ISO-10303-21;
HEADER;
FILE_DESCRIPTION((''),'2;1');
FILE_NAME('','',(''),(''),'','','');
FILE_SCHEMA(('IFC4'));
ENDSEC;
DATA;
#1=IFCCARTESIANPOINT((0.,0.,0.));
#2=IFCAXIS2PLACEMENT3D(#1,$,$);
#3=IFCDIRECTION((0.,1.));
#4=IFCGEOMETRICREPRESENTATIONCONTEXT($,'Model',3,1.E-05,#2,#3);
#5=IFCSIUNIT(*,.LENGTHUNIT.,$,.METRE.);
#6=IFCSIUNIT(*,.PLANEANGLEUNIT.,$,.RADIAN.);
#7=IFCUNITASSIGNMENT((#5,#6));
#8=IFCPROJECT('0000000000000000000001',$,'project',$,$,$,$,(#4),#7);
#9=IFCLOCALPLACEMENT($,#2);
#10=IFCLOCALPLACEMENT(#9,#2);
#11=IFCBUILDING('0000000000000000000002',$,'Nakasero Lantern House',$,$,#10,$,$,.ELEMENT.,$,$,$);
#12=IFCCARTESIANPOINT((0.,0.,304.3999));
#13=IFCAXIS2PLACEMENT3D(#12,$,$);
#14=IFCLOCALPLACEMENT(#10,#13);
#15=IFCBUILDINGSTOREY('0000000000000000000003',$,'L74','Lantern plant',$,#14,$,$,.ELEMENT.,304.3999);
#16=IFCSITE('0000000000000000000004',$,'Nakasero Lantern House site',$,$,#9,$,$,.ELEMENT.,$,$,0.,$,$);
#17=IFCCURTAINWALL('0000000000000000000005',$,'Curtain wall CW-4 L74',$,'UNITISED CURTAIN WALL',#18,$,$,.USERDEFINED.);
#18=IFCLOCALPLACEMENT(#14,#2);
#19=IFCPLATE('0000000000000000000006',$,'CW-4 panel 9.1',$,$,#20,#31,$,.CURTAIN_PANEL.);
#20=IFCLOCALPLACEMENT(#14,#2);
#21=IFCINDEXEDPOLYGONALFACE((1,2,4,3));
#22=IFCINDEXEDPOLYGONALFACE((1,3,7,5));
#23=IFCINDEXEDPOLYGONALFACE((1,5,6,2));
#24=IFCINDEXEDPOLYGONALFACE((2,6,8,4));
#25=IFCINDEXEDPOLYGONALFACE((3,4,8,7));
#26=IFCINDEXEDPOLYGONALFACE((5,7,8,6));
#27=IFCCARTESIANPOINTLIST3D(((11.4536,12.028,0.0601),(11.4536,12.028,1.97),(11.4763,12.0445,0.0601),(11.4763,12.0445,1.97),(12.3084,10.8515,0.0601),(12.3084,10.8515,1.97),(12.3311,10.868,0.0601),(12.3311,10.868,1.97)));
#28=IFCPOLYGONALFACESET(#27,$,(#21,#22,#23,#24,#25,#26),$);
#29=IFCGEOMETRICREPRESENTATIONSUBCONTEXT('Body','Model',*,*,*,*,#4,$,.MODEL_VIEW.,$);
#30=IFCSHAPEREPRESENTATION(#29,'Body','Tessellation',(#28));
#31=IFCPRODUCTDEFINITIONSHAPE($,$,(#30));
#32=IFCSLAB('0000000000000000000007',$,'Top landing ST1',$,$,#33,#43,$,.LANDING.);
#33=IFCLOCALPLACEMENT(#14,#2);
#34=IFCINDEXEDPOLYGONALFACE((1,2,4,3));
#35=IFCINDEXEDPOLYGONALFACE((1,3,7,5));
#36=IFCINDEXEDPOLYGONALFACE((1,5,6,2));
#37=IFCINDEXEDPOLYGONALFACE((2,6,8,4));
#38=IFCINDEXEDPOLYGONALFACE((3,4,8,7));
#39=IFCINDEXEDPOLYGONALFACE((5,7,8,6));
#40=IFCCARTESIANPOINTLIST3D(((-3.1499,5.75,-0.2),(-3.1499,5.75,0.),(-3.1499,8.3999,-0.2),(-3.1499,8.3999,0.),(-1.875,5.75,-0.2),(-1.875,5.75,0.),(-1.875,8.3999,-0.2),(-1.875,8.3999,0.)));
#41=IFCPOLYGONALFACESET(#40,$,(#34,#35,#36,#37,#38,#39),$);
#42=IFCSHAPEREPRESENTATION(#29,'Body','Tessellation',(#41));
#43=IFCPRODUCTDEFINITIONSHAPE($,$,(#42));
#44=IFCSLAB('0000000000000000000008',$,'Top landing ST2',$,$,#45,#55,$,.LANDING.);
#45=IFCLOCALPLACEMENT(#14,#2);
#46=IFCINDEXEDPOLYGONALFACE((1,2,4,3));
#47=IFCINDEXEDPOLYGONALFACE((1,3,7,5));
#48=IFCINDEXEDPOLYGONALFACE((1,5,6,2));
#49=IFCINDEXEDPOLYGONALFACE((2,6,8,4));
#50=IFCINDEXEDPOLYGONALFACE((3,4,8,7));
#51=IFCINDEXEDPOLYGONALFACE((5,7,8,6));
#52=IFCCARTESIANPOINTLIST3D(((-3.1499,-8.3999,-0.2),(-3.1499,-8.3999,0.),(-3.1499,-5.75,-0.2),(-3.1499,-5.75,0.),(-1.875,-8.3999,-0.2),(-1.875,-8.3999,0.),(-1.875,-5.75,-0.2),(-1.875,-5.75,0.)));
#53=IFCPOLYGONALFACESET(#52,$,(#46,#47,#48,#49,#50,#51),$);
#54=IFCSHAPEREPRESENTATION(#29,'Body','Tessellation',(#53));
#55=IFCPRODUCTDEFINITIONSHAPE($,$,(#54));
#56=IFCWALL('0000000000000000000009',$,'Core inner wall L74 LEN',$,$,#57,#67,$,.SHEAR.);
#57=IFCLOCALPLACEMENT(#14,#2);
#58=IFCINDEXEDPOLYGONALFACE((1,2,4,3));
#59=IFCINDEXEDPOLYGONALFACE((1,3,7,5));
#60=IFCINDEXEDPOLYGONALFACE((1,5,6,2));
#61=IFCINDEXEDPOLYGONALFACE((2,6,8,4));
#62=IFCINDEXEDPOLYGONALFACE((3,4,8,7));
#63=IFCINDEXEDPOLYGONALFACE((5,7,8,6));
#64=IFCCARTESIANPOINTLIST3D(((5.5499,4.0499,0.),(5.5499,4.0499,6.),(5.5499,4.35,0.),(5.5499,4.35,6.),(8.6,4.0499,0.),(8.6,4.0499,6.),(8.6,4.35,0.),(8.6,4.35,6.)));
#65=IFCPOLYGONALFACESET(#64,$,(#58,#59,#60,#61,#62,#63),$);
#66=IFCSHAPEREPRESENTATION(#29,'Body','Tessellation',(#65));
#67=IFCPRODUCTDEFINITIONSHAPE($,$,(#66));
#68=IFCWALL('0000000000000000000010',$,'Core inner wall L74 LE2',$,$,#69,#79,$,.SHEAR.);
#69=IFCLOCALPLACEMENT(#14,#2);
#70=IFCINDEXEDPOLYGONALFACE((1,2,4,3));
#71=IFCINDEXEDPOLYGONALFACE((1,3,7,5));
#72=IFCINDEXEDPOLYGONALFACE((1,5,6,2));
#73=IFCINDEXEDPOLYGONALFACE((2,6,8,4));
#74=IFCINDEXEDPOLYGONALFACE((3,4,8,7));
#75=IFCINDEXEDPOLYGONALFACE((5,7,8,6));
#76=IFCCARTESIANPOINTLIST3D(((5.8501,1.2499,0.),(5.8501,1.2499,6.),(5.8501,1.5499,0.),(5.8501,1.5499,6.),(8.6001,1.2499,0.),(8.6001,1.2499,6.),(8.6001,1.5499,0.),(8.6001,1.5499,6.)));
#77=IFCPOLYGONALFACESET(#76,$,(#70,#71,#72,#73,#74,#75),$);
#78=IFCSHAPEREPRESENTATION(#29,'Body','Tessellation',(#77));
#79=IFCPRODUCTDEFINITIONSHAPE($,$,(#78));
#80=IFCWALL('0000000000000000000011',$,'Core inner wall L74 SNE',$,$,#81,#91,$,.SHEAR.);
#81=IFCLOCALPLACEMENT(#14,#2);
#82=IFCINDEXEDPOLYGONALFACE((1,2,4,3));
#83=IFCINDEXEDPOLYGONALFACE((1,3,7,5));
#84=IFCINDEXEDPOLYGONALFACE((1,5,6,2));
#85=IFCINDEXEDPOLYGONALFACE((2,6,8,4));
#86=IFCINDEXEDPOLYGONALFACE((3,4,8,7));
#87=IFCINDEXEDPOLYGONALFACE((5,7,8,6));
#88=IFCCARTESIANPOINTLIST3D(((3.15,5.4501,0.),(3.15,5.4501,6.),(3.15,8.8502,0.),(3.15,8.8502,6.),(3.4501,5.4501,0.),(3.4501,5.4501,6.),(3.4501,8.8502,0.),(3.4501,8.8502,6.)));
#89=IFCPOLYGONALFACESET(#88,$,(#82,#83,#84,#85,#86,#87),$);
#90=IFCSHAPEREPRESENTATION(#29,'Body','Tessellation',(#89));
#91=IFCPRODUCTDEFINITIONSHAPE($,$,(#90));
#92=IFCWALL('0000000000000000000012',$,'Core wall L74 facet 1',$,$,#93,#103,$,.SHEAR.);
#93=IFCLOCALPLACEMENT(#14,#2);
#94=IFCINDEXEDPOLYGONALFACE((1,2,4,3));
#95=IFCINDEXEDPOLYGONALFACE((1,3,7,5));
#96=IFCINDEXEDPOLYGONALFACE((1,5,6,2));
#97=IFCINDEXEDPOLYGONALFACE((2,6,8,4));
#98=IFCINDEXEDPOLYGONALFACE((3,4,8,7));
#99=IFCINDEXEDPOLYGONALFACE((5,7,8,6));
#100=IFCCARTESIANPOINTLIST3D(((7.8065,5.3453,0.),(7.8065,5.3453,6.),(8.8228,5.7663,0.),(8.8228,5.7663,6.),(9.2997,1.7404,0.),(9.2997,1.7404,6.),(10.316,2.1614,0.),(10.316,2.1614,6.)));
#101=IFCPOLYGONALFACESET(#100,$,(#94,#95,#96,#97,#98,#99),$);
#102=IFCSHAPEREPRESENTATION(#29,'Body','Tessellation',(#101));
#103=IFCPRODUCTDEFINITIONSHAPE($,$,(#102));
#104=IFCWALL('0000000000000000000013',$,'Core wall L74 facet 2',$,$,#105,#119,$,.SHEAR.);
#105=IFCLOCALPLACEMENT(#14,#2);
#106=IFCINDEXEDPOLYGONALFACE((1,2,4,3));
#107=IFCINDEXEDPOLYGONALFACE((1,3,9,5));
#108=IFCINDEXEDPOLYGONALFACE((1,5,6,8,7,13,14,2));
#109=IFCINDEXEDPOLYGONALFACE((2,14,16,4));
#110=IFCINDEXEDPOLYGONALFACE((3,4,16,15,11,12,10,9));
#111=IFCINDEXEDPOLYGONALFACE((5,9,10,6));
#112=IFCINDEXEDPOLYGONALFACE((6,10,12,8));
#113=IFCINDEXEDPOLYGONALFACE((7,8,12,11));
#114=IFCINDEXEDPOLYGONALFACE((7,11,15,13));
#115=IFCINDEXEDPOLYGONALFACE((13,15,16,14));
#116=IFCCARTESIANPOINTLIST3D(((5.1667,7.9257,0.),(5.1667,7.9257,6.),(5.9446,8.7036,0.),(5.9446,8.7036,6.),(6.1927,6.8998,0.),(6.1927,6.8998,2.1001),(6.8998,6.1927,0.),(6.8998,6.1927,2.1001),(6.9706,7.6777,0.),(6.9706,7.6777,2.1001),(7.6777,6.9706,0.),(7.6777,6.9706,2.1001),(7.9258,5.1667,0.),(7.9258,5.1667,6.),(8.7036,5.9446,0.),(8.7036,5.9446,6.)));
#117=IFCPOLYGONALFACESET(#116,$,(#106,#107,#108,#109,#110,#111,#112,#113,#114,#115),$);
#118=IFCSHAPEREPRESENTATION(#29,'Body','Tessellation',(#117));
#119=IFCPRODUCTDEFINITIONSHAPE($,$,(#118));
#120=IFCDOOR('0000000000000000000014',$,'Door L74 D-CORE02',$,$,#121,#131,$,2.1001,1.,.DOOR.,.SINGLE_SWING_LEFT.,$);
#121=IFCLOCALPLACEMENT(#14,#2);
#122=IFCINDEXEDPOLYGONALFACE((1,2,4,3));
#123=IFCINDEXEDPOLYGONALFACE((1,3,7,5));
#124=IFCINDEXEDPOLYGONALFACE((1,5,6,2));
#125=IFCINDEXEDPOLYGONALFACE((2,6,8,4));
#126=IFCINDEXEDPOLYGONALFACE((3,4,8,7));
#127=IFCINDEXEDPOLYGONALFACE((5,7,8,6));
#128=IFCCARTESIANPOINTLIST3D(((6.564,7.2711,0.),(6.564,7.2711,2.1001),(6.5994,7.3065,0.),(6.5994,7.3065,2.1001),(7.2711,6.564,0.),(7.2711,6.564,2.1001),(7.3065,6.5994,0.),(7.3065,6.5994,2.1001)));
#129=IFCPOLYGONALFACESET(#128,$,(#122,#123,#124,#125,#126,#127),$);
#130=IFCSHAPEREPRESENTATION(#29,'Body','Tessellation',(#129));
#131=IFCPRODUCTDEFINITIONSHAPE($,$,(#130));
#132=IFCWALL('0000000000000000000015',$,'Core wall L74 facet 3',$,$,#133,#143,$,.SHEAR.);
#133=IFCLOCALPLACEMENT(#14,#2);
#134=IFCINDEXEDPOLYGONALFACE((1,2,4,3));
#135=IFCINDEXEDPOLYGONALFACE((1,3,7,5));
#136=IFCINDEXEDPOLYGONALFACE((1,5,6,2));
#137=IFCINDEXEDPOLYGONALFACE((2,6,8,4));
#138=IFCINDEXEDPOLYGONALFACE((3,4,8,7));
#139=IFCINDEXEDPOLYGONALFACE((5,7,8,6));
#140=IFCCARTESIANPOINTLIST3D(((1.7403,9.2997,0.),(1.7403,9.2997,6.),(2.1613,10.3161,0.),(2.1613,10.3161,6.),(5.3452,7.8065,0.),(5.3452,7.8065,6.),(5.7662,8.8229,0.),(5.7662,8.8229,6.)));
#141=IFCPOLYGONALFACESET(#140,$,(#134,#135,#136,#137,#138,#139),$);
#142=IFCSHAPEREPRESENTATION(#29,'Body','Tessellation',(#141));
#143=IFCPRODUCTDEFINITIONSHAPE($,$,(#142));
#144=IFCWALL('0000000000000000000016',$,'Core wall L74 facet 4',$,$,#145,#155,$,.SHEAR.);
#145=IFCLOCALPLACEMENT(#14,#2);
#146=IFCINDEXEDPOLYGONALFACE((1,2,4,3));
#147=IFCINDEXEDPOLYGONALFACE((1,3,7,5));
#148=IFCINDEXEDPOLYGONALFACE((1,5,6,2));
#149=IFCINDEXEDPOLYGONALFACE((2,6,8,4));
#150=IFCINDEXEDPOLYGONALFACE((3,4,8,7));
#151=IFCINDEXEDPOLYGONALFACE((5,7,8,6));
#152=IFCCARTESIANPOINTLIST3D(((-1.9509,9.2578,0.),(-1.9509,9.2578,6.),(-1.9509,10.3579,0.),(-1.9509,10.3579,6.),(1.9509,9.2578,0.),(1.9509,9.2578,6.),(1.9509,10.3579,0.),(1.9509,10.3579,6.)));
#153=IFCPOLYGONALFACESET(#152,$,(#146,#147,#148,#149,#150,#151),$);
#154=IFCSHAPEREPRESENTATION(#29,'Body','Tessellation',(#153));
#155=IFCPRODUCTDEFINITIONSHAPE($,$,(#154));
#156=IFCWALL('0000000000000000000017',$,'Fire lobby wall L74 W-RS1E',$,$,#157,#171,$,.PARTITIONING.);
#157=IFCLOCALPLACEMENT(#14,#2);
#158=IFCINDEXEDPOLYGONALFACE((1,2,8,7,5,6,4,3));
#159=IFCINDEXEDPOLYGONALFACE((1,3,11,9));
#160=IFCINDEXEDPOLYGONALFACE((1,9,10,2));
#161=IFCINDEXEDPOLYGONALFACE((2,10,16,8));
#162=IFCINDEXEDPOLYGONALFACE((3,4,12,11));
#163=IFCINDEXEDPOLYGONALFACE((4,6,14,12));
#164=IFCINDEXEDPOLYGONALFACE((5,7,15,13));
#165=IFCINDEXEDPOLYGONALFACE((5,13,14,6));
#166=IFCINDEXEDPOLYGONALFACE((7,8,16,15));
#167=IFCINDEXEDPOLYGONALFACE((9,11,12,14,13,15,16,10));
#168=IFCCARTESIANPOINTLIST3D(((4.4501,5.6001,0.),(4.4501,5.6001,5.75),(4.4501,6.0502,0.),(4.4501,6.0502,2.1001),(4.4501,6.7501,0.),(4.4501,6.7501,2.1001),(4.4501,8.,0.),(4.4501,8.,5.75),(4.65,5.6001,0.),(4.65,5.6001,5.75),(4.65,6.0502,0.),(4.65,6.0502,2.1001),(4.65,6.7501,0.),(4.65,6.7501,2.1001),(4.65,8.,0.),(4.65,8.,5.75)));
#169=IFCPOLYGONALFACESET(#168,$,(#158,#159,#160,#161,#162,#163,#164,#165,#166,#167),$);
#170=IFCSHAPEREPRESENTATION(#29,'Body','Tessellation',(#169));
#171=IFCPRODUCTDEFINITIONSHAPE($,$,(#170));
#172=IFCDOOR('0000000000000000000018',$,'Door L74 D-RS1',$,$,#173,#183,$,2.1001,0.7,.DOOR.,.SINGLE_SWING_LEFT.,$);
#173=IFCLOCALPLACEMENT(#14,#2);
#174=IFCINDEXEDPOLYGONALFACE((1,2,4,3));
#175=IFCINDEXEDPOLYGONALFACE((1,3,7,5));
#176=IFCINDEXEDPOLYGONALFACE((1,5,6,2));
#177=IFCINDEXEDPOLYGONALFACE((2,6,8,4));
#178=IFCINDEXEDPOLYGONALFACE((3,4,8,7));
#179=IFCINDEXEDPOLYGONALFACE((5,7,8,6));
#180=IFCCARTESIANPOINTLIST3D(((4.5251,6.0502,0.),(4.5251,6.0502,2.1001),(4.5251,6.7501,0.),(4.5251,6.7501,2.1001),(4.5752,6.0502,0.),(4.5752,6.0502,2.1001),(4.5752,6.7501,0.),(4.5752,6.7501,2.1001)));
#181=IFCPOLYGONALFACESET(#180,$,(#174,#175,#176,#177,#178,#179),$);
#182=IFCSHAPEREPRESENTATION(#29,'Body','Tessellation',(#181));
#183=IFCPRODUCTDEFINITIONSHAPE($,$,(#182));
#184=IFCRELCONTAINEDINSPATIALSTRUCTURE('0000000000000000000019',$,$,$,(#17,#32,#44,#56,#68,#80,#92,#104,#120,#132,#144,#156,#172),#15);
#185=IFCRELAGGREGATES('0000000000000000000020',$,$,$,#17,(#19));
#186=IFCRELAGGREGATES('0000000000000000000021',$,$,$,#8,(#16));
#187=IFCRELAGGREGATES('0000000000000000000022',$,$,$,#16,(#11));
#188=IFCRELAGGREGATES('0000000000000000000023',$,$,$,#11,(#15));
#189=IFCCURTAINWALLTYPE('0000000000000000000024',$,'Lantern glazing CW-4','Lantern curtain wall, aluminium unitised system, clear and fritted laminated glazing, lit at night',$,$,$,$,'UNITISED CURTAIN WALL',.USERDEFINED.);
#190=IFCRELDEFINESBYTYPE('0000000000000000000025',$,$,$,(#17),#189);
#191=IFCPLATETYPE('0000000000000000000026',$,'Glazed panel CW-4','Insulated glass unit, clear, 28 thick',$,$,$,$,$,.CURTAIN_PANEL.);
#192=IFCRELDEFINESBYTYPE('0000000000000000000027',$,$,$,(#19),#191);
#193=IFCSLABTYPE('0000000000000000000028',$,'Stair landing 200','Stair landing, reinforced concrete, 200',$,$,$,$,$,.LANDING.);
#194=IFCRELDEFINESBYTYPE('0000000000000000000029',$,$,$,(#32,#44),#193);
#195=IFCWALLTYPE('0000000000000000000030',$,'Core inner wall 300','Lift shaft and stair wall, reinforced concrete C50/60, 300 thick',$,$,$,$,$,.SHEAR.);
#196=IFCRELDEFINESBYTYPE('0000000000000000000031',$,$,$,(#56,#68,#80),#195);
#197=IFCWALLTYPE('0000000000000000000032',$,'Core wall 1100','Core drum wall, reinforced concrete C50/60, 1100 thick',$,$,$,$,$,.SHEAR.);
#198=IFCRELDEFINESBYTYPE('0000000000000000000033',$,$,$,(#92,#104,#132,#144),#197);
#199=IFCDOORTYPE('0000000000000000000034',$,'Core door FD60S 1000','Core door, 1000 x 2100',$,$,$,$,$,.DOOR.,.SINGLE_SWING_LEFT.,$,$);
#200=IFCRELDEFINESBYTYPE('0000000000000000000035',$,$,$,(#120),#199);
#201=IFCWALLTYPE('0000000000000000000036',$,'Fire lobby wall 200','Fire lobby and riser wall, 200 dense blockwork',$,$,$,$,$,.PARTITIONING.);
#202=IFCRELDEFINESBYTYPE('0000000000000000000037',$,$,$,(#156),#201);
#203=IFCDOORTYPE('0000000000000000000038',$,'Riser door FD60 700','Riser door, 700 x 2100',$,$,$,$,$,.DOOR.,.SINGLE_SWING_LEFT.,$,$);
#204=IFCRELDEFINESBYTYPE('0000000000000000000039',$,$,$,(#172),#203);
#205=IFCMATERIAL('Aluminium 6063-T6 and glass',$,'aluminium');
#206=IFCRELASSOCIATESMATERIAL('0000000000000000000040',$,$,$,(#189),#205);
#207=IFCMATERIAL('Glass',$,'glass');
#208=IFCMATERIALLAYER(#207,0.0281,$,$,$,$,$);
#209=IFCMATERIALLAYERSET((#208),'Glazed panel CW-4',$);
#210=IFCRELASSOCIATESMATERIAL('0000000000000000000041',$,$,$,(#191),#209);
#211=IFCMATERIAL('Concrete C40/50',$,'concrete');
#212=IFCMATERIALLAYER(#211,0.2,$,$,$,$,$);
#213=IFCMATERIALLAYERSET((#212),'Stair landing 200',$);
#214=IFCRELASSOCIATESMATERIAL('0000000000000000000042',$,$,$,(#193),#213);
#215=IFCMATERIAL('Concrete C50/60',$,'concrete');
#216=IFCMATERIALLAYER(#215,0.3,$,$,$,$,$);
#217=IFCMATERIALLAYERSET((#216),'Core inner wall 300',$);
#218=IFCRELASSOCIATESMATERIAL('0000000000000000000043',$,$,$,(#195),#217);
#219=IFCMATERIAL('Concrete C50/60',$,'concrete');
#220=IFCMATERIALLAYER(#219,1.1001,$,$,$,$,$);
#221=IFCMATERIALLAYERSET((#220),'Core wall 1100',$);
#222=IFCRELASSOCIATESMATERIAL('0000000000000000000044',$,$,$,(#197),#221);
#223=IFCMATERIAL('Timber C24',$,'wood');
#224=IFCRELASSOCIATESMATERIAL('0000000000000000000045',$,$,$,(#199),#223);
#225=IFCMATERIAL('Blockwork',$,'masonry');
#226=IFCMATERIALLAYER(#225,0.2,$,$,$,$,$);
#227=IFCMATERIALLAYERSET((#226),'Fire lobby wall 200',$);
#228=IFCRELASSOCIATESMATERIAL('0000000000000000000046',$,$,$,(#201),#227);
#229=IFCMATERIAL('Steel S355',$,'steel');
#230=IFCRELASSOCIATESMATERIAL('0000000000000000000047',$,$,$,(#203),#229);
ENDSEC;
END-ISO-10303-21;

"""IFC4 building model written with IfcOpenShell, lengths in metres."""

from ifc_helpers import new_model, si_unit, direction, frame, frame_2d, origin, origin_2d, place, context, subcontext, project, spatial, polyline, rectangle, outline, extrude, material, layer, layer_set, type_object, element, fill, aggregate, save


model = new_model("IFC4")

# Units and contexts
model_context = context("Model", 3, precision=1e-05, world=origin(), true_north=direction((0.0, 1.0)))
body_context = subcontext(model_context, "Body", "Model", "MODEL_VIEW")
ifc_project = project(units=[si_unit("LENGTHUNIT", "METRE"), si_unit("PLANEANGLEUNIT", "RADIAN")], contexts=[model_context])

# Site, building, storey
site_placement = place(None, origin())
site = spatial("IfcSite", under=ifc_project, at=site_placement, Name="Nakasero Lantern House site", CompositionType="ELEMENT", RefElevation=0.0)
building_placement = place(site_placement, origin())
building = spatial("IfcBuilding", under=site, at=building_placement, Name="Nakasero Lantern House", CompositionType="ELEMENT")
storey_placement = place(building_placement, frame((0.0, 0.0, 304.3999)))
storey = spatial("IfcBuildingStorey", under=building, at=storey_placement, Name="L74", Description="Lantern plant", CompositionType="ELEMENT", Elevation=304.3999)

# Curtain wall, plate
ifc_material_1 = material(Name="Aluminium 6063-T6 and glass", Category="aluminium")
curtain_wall_type = type_object("IfcCurtainWallType", Name="Lantern glazing CW-4", Description="Lantern curtain wall, aluminium unitised system, clear and fritted laminated glazing, lit at night", ElementType="UNITISED CURTAIN WALL", PredefinedType="USERDEFINED", material=ifc_material_1)
curtain_wall_placement = place(storey_placement, origin())
curtain_wall = element("IfcCurtainWall", 1, at=curtain_wall_placement, inside=storey, type_object=curtain_wall_type, Name="Curtain wall CW-4 L74", ObjectType="UNITISED CURTAIN WALL", PredefinedType="USERDEFINED")
ifc_material_2 = material(Name="Glass", Category="glass")
ifc_layer_1 = layer(ifc_material_2, 0.0281)
ifc_layer_set_1 = layer_set([ifc_layer_1], Name="Glazed panel CW-4")
plate_type = type_object("IfcPlateType", Name="Glazed panel CW-4", Description="Insulated glass unit, clear, 28 thick", PredefinedType="CURTAIN_PANEL", material=ifc_layer_set_1)
plate_placement = place(storey_placement, frame((11.8923, 11.448, 0.0601), z_axis=(0.0, 0.0, 1.0), x_axis=(-0.587785, 0.809017, 0.0)))
plate = element("IfcPlate", 2, at=plate_placement, type_object=plate_type, Name="CW-4 panel 9.1", PredefinedType="CURTAIN_PANEL", context=body_context, shape_type="SweptSolid", body=[
    extrude(rectangle(XDim=1.4543, YDim=0.0281, at=origin_2d()), origin(), (0.0, 0.0, 1.0), 1.9099),
])
aggregate(curtain_wall, [plate])

# Slabs
ifc_material_3 = material(Name="Concrete C40/50", Category="concrete")
ifc_layer_2 = layer(ifc_material_3, 0.2)
ifc_layer_set_2 = layer_set([ifc_layer_2], Name="Stair landing 200")
slab_type = type_object("IfcSlabType", Name="Stair landing 200", Description="Stair landing, reinforced concrete, 200", PredefinedType="LANDING", material=ifc_layer_set_2)
slab_1_placement = place(storey_placement, frame((0.0, 0.0, -0.2)))
element("IfcSlab", 3, at=slab_1_placement, inside=storey, type_object=slab_type, Name="Top landing ST1", PredefinedType="LANDING", context=body_context, shape_type="SweptSolid", body=[
    extrude(outline(polyline([(-3.1499, 5.75), (-1.875, 5.75), (-1.875, 8.3999), (-3.1499, 8.3999), (-3.1499, 5.75)])), origin(), (0.0, 0.0, 1.0), 0.2),
])
slab_2_placement = place(storey_placement, frame((0.0, 0.0, -0.2)))
element("IfcSlab", 4, at=slab_2_placement, inside=storey, type_object=slab_type, Name="Top landing ST2", PredefinedType="LANDING", context=body_context, shape_type="SweptSolid", body=[
    extrude(outline(polyline([(-3.1499, -8.3999), (-1.875, -8.3999), (-1.875, -5.75), (-3.1499, -5.75), (-3.1499, -8.3999)])), origin(), (0.0, 0.0, 1.0), 0.2),
])

# Walls
ifc_material_4 = material(Name="Concrete C50/60", Category="concrete")
ifc_layer_3 = layer(ifc_material_4, 0.3)
ifc_layer_set_3 = layer_set([ifc_layer_3], Name="Core inner wall 300")
wall_type_1 = type_object("IfcWallType", Name="Core inner wall 300", Description="Lift shaft and stair wall, reinforced concrete C50/60, 300 thick", PredefinedType="SHEAR", material=ifc_layer_set_3)
wall_1_placement = place(storey_placement, frame((5.55, 4.2, 0.0), z_axis=(0.0, 0.0, 1.0), x_axis=(1.0, 0.0, 0.0)))
element("IfcWall", 5, at=wall_1_placement, inside=storey, type_object=wall_type_1, Name="Core inner wall L74 LEN", PredefinedType="SHEAR", context=body_context, shape_type="SweptSolid", body=[
    extrude(rectangle(XDim=3.05, YDim=0.3, at=frame_2d((1.5249, 0.0))), origin(), (0.0, 0.0, 1.0), 6.0),
])
wall_2_placement = place(storey_placement, frame((5.8501, 1.3999, 0.0), z_axis=(0.0, 0.0, 1.0), x_axis=(1.0, 0.0, 0.0)))
element("IfcWall", 6, at=wall_2_placement, inside=storey, type_object=wall_type_1, Name="Core inner wall L74 LE2", PredefinedType="SHEAR", context=body_context, shape_type="SweptSolid", body=[
    extrude(rectangle(XDim=2.75, YDim=0.3, at=frame_2d((1.375, 0.0))), origin(), (0.0, 0.0, 1.0), 6.0),
])
wall_3_placement = place(storey_placement, frame((3.3, 5.45, 0.0), z_axis=(0.0, 0.0, 1.0), x_axis=(0.0, 1.0, 0.0)))
element("IfcWall", 7, at=wall_3_placement, inside=storey, type_object=wall_type_1, Name="Core inner wall L74 SNE", PredefinedType="SHEAR", context=body_context, shape_type="SweptSolid", body=[
    extrude(rectangle(XDim=3.4001, YDim=0.3, at=frame_2d((1.7002, 0.0))), origin(), (0.0, 0.0, 1.0), 6.0),
])
ifc_material_5 = material(Name="Concrete C50/60", Category="concrete")
ifc_layer_4 = layer(ifc_material_5, 1.1001)
ifc_layer_set_4 = layer_set([ifc_layer_4], Name="Core wall 1100")
wall_type_2 = type_object("IfcWallType", Name="Core wall 1100", Description="Core drum wall, reinforced concrete C50/60, 1100 thick", PredefinedType="SHEAR", material=ifc_layer_set_4)
wall_4_placement = place(storey_placement, frame((9.8079, 1.9509, 0.0), z_axis=(0.0, 0.0, 1.0), x_axis=(-0.382691, 0.923877, 0.0)))
element("IfcWall", 8, at=wall_4_placement, inside=storey, type_object=wall_type_2, Name="Core wall L74 facet 1", PredefinedType="SHEAR", context=body_context, shape_type="SweptSolid", body=[
    extrude(rectangle(XDim=3.9019, YDim=1.1001, at=frame_2d((1.9509, 0.0))), origin(), (0.0, 0.0, 1.0), 6.0),
])

# Wall, opening, door
wall_5_placement = place(storey_placement, frame((8.3147, 5.5557, 0.0), z_axis=(0.0, 0.0, 1.0), x_axis=(-0.707107, 0.707107, 0.0)))
wall_5 = element("IfcWall", 9, at=wall_5_placement, inside=storey, type_object=wall_type_2, Name="Core wall L74 facet 2", PredefinedType="SHEAR", context=body_context, shape_type="SweptSolid", body=[
    extrude(rectangle(XDim=3.9019, YDim=1.1001, at=frame_2d((1.9509, 0.0))), origin(), (0.0, 0.0, 1.0), 6.0),
])
opening_1_placement = place(wall_5_placement, frame((1.4509, 0.0, 0.0)))
opening_1 = element("IfcOpeningElement", 10, at=opening_1_placement, cuts=wall_5, PredefinedType="OPENING", context=body_context, shape_type="SweptSolid", body=[
    extrude(rectangle(XDim=1.0, YDim=2.1001, at=frame_2d((0.5, 1.05))), frame((0.0, 0.5701, 0.0), z_axis=(0.0, -1.0, 0.0), x_axis=(1.0, 0.0, 0.0)), (0.0, 0.0, 1.0), 1.1401),
])
ifc_material_6 = material(Name="Timber C24", Category="wood")
door_type_1 = type_object("IfcDoorType", Name="Core door FD60S 1000", Description="Core door, 1000 x 2100", OperationType="SINGLE_SWING_LEFT", PredefinedType="DOOR", material=ifc_material_6)
door_1_placement = place(opening_1_placement, origin())
door_1 = element("IfcDoor", 11, at=door_1_placement, inside=storey, type_object=door_type_1, Name="Door L74 D-CORE02", OperationType="SINGLE_SWING_LEFT", OverallHeight=2.1001, OverallWidth=1.0, PredefinedType="DOOR", context=body_context, shape_type="SweptSolid", body=[
    extrude(rectangle(XDim=1.0, YDim=2.1001, at=frame_2d((0.5, 1.05))), frame((0.0, 0.0249, 0.0), z_axis=(0.0, -1.0, 0.0), x_axis=(1.0, 0.0, 0.0)), (0.0, 0.0, 1.0), 0.05),
])
fill(opening_1, door_1)

# Walls
for number, where, z_axis, x_axis, name in (
    (12, (5.5557, 8.3147, 0.0), (0.0, 0.0, 1.0), (-0.923877, 0.382691, 0.0), "Core wall L74 facet 3"),
    (13, (1.9509, 9.8079, 0.0), (0.0, 0.0, 1.0), (-1.0, 0.0, 0.0), "Core wall L74 facet 4"),
):
    element("IfcWall", number, at=place(storey_placement, frame(where, z_axis=z_axis, x_axis=x_axis)), inside=storey, type_object=wall_type_2, Name=name, PredefinedType="SHEAR", context=body_context, shape_type="SweptSolid", body=[
        extrude(rectangle(XDim=3.9019, YDim=1.1001, at=frame_2d((1.9509, 0.0))), origin(), (0.0, 0.0, 1.0), 6.0),
    ])

# Wall, opening, door
ifc_material_7 = material(Name="Blockwork", Category="masonry")
ifc_layer_5 = layer(ifc_material_7, 0.2)
ifc_layer_set_5 = layer_set([ifc_layer_5], Name="Fire lobby wall 200")
wall_type_3 = type_object("IfcWallType", Name="Fire lobby wall 200", Description="Fire lobby and riser wall, 200 dense blockwork", PredefinedType="PARTITIONING", material=ifc_layer_set_5)
wall_6_placement = place(storey_placement, frame((4.55, 5.6001, 0.0), z_axis=(0.0, 0.0, 1.0), x_axis=(0.0, 1.0, 0.0)))
wall_6 = element("IfcWall", 14, at=wall_6_placement, inside=storey, type_object=wall_type_3, Name="Fire lobby wall L74 W-RS1E", PredefinedType="PARTITIONING", context=body_context, shape_type="SweptSolid", body=[
    extrude(rectangle(XDim=2.3999, YDim=0.2, at=frame_2d((1.2, 0.0))), origin(), (0.0, 0.0, 1.0), 5.75),
])
opening_2_placement = place(wall_6_placement, frame((0.45, 0.0, 0.0)))
opening_2 = element("IfcOpeningElement", 15, at=opening_2_placement, cuts=wall_6, PredefinedType="OPENING", context=body_context, shape_type="SweptSolid", body=[
    extrude(rectangle(XDim=0.7, YDim=2.1001, at=frame_2d((0.3501, 1.05))), frame((0.0, 0.1199, 0.0), z_axis=(0.0, -1.0, 0.0), x_axis=(1.0, 0.0, 0.0)), (0.0, 0.0, 1.0), 0.24),
])
ifc_material_8 = material(Name="Steel S355", Category="steel")
door_type_2 = type_object("IfcDoorType", Name="Riser door FD60 700", Description="Riser door, 700 x 2100", OperationType="SINGLE_SWING_LEFT", PredefinedType="DOOR", material=ifc_material_8)
door_2_placement = place(opening_2_placement, origin())
door_2 = element("IfcDoor", 16, at=door_2_placement, inside=storey, type_object=door_type_2, Name="Door L74 D-RS1", OperationType="SINGLE_SWING_LEFT", OverallHeight=2.1001, OverallWidth=0.7, PredefinedType="DOOR", context=body_context, shape_type="SweptSolid", body=[
    extrude(rectangle(XDim=0.7, YDim=2.1001, at=frame_2d((0.3501, 1.05))), frame((0.0, 0.0249, 0.0), z_axis=(0.0, -1.0, 0.0), x_axis=(1.0, 0.0, 0.0)), (0.0, 0.0, 1.0), 0.05),
])
fill(opening_2, door_2)

save(model, "model.ifc")
